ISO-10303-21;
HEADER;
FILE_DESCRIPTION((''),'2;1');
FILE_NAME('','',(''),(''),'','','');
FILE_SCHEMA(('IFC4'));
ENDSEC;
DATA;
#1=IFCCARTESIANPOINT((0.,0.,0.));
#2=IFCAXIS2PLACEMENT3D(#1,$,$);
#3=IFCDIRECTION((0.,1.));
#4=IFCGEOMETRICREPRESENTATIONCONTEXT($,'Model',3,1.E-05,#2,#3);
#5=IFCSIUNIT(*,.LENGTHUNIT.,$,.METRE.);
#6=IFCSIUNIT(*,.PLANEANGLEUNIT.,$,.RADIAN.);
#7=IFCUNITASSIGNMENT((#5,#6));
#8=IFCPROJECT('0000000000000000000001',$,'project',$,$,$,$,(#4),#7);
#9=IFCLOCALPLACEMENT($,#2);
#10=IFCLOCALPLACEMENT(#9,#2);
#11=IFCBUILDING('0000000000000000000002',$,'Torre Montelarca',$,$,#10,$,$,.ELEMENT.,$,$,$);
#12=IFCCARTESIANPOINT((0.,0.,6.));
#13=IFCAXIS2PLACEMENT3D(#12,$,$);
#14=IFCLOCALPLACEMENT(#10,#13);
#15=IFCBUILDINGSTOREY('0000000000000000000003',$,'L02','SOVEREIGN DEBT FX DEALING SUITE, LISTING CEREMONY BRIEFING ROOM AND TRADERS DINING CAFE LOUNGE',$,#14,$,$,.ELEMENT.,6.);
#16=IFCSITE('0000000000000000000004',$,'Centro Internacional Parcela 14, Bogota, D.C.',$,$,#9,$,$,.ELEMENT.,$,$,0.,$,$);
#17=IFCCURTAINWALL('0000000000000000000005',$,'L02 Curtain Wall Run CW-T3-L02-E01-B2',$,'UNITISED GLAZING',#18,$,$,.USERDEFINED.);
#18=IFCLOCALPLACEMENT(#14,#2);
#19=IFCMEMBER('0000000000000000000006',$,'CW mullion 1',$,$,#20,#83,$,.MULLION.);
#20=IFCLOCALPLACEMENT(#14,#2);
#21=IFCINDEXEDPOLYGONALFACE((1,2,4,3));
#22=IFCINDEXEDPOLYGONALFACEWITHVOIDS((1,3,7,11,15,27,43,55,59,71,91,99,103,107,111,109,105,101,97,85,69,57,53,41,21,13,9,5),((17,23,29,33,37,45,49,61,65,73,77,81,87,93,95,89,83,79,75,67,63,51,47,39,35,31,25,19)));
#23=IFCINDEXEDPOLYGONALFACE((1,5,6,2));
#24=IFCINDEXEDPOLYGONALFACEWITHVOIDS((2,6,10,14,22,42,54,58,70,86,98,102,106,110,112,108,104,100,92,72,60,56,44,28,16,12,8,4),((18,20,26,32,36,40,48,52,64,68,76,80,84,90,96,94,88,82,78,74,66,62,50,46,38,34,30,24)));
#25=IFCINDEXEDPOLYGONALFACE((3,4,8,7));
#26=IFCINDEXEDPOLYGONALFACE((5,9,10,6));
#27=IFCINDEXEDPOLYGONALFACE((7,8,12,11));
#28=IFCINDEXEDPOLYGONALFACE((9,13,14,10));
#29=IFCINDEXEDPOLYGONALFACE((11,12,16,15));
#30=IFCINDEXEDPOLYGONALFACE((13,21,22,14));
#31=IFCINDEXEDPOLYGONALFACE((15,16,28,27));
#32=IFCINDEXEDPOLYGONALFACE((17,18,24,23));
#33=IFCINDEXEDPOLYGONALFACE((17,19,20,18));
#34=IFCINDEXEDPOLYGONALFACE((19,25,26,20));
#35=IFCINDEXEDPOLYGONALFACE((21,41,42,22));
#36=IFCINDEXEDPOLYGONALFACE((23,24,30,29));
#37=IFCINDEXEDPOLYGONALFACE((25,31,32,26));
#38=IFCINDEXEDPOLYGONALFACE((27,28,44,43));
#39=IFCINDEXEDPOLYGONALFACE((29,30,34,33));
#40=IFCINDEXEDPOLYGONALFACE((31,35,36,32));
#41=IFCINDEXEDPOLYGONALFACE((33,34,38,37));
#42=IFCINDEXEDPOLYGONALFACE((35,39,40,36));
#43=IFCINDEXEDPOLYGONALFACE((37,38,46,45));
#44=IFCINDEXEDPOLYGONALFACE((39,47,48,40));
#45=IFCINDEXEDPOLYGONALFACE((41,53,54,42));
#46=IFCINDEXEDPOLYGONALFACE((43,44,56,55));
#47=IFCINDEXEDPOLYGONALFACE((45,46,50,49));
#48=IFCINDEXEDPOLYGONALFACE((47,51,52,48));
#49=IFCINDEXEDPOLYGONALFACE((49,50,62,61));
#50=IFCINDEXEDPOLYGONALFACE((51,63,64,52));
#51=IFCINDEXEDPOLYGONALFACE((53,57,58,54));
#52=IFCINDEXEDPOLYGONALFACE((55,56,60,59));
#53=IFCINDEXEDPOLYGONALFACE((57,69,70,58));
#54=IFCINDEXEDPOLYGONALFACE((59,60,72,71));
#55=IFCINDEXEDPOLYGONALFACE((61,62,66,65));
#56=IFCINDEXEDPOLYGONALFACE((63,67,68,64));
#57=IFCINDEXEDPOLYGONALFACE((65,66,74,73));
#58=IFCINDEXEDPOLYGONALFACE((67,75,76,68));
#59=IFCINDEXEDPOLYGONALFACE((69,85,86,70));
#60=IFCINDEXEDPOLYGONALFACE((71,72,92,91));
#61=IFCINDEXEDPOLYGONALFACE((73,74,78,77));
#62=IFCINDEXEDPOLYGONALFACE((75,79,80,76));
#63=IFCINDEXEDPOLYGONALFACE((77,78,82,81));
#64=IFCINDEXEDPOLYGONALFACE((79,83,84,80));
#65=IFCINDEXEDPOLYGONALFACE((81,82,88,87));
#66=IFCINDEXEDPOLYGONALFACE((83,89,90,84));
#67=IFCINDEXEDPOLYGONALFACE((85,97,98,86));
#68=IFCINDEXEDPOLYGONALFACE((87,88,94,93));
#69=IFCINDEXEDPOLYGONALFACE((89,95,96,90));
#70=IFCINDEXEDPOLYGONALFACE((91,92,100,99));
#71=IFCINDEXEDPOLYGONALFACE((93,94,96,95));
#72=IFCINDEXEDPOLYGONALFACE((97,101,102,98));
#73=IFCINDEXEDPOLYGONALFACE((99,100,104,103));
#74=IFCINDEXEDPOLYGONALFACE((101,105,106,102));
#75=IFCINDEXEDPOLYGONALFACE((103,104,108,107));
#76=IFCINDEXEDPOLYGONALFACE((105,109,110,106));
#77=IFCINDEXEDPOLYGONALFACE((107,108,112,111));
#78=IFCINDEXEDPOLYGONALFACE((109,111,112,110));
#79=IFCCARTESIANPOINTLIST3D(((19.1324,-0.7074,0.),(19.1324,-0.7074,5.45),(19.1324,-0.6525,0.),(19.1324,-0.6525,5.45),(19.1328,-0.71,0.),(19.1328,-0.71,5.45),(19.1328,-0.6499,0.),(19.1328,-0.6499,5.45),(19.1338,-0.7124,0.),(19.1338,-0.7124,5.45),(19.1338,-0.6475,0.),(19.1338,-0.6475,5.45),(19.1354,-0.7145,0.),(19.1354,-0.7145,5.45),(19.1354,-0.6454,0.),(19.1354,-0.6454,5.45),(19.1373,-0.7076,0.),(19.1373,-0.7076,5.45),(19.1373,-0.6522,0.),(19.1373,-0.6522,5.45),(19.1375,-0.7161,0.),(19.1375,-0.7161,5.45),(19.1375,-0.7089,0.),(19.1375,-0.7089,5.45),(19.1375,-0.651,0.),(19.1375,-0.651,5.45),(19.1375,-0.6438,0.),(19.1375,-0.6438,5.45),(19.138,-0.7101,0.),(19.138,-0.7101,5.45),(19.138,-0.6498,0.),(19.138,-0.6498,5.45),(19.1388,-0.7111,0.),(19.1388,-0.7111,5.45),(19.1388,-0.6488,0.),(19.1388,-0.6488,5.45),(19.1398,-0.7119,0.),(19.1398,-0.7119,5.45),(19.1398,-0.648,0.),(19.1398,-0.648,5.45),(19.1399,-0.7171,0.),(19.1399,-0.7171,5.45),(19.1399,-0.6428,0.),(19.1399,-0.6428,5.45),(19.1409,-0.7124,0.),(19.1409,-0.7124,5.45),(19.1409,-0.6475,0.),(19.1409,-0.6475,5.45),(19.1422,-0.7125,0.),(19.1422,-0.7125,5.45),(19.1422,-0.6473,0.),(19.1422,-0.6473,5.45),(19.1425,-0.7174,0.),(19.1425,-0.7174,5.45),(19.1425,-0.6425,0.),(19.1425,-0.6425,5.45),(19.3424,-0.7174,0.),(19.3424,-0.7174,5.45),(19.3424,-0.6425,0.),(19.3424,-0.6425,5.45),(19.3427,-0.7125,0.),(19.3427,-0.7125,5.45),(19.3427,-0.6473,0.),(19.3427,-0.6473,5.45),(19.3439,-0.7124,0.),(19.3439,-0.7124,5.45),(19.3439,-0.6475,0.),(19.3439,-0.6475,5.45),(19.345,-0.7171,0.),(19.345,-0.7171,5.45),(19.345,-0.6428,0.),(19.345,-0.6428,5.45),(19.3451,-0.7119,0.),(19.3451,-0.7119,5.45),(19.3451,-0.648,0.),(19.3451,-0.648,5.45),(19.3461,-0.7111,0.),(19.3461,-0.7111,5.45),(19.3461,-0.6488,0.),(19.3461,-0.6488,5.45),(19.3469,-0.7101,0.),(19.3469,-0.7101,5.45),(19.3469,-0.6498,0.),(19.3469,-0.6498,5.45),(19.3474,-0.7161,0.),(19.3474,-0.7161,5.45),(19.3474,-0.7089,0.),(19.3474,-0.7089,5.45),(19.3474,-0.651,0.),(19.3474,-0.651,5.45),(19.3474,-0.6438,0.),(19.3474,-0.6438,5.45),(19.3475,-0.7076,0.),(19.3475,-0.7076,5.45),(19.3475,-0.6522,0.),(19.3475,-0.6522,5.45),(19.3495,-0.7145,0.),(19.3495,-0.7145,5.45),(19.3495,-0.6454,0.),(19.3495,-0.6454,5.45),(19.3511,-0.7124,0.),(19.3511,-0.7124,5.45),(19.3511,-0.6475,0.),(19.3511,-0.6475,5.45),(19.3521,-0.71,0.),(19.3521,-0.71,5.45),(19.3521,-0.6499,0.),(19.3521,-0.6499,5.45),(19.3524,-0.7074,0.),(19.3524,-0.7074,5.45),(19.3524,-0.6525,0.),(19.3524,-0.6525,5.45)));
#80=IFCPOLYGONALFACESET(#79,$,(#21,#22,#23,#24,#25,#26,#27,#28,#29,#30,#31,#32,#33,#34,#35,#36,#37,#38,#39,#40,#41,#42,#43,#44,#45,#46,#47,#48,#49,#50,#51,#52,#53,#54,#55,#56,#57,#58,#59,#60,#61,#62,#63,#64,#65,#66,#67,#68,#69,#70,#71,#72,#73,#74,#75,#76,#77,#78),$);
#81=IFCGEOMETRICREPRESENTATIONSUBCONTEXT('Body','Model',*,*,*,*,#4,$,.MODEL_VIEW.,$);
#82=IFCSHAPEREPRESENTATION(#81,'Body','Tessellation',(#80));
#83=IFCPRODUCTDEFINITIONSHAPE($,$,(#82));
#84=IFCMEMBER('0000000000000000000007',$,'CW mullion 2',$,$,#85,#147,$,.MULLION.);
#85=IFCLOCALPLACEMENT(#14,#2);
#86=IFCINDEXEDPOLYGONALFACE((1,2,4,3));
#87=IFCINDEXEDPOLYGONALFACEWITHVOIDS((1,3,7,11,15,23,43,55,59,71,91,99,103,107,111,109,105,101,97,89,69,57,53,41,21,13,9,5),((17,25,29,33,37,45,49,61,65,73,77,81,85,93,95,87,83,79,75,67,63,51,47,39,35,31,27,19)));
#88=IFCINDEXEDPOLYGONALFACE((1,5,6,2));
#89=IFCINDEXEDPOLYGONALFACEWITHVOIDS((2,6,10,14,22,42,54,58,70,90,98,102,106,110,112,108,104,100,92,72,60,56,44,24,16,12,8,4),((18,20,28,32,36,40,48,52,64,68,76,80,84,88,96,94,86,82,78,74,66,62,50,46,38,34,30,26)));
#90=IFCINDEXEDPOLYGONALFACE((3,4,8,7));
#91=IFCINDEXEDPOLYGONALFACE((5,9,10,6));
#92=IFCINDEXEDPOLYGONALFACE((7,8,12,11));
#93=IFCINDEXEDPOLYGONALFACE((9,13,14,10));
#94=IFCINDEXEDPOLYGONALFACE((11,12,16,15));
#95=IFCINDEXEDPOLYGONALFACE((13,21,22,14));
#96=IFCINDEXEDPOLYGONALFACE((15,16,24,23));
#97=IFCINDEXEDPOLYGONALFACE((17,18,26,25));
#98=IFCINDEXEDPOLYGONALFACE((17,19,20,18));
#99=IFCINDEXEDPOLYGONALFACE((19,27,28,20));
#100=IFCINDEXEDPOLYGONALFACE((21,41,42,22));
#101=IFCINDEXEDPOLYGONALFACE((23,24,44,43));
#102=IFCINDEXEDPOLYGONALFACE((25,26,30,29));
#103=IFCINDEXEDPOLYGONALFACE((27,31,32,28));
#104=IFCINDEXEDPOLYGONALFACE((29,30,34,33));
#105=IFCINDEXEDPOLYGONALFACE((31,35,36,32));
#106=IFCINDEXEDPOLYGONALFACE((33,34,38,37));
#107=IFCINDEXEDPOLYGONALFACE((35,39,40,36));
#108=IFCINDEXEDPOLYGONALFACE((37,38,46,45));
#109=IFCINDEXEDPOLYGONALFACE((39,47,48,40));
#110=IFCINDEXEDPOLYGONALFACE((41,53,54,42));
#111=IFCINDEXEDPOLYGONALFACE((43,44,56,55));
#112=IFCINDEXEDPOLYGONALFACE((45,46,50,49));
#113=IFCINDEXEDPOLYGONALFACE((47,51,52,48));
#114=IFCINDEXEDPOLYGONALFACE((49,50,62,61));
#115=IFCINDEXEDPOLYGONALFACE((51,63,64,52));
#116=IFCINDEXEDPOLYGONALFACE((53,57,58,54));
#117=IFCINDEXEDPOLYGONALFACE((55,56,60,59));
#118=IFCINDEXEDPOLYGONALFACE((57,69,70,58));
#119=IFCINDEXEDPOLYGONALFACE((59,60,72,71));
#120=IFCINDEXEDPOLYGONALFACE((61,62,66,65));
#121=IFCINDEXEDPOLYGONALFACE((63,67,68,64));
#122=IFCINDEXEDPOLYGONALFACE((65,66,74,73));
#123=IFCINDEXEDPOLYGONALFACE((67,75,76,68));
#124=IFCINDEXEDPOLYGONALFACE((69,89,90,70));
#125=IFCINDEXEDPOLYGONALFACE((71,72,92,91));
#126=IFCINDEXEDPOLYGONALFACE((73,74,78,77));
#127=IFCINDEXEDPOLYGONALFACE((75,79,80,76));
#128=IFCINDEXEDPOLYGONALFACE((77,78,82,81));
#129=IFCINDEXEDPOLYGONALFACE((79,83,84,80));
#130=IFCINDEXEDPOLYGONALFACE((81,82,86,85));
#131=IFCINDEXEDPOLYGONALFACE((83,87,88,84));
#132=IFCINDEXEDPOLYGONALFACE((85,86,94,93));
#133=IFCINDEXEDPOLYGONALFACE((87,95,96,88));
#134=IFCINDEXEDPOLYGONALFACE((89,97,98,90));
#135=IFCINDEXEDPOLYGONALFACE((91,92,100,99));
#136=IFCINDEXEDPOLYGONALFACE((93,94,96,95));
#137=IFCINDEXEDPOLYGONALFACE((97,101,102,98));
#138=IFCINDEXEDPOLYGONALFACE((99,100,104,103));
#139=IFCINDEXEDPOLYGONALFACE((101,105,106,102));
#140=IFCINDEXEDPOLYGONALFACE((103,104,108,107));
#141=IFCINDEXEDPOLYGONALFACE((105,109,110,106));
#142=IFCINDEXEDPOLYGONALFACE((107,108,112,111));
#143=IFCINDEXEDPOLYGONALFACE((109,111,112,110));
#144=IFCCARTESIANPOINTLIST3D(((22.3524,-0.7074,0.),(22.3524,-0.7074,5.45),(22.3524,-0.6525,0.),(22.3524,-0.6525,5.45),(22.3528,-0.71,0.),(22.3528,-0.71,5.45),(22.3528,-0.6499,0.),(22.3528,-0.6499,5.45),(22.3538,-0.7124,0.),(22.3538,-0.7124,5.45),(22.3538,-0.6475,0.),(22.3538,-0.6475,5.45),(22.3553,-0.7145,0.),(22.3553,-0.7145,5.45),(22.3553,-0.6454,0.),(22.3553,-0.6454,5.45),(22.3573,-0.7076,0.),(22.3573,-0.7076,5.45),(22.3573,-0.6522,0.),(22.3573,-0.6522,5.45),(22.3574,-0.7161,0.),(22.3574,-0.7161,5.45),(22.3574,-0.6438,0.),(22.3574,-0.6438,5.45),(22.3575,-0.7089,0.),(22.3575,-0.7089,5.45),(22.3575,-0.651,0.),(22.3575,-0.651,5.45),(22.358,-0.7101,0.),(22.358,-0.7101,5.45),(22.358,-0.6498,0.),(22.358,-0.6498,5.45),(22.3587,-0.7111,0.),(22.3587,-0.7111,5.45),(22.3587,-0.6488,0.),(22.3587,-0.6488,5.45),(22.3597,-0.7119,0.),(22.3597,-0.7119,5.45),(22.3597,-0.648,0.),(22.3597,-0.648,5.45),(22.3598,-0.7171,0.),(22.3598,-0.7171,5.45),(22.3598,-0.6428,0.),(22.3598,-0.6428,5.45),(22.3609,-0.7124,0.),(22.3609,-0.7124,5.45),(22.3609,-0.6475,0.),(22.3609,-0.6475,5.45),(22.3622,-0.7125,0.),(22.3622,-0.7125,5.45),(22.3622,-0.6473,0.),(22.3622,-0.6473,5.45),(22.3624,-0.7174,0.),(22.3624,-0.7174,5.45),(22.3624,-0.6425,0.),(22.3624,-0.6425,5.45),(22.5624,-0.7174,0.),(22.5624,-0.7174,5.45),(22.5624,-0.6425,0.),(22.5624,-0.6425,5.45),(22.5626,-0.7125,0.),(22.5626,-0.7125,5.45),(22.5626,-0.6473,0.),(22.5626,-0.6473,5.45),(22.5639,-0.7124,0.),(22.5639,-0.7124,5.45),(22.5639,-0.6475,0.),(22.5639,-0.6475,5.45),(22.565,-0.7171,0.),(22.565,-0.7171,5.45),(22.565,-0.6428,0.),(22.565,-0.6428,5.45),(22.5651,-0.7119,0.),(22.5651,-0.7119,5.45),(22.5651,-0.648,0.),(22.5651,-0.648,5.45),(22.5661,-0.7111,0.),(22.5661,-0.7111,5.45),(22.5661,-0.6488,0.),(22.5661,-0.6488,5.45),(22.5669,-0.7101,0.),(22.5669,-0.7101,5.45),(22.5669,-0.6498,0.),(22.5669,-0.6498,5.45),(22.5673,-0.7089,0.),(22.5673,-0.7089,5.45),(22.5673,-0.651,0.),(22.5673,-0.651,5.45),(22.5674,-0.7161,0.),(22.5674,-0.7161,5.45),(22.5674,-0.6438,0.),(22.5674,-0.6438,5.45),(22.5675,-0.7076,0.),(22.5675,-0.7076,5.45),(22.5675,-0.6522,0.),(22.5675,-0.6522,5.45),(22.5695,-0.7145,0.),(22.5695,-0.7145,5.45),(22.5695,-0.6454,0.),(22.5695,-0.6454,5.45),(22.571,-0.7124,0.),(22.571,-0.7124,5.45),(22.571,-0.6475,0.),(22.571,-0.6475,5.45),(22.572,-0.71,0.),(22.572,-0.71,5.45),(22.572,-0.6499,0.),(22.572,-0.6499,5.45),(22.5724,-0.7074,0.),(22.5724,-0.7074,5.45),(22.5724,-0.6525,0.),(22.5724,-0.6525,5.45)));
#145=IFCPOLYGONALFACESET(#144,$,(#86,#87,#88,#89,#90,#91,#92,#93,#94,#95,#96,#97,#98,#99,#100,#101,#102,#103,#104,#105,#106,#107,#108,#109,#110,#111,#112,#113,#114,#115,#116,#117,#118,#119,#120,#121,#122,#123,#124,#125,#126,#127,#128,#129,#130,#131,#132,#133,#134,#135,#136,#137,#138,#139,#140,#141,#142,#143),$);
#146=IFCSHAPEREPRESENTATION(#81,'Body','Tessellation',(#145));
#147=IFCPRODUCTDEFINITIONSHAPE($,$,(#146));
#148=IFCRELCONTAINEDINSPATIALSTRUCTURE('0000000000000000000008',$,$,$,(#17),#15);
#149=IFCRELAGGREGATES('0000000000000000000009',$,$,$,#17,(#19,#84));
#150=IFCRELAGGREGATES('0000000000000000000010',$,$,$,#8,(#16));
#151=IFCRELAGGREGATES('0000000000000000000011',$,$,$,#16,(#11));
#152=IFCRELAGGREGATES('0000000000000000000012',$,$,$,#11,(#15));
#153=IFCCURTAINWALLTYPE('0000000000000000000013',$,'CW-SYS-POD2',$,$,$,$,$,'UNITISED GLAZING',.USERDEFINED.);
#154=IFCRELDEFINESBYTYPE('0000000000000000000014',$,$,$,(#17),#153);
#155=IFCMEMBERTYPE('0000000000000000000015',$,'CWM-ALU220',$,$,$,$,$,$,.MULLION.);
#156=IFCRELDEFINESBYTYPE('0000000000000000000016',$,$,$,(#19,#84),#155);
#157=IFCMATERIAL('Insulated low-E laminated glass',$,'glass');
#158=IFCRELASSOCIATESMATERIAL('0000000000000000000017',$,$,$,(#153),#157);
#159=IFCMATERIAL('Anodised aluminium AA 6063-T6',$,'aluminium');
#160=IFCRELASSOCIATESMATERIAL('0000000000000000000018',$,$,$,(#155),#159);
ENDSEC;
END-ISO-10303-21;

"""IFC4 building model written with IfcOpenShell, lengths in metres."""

from ifc_helpers import new_model, si_unit, direction, frame, origin, origin_2d, place, context, subcontext, project, spatial, hollow_rectangle, extrude, source, transform, mapped, material, material_profile, profile_set, type_object, element, aggregate, save


model = new_model("IFC4")

# Units and contexts
model_context = context("Model", 3, precision=1e-05, world=origin(), true_north=direction((0.0, 1.0)))
body_context = subcontext(model_context, "Body", "Model", "MODEL_VIEW")
ifc_project = project(units=[si_unit("LENGTHUNIT", "METRE"), si_unit("PLANEANGLEUNIT", "RADIAN")], contexts=[model_context])

# Site, building, storey
site_placement = place(None, origin())
site = spatial("IfcSite", under=ifc_project, at=site_placement, Name="Centro Internacional Parcela 14, Bogota, D.C.", CompositionType="ELEMENT", RefElevation=0.0)
building_placement = place(site_placement, origin())
building = spatial("IfcBuilding", under=site, at=building_placement, Name="Torre Montelarca", CompositionType="ELEMENT")
storey_placement = place(building_placement, frame((0.0, 0.0, 6.0)))
storey = spatial("IfcBuildingStorey", under=building, at=storey_placement, Name="L02", Description="SOVEREIGN DEBT FX DEALING SUITE, LISTING CEREMONY BRIEFING ROOM AND TRADERS DINING CAFE LOUNGE", CompositionType="ELEMENT", Elevation=6.0)

# Curtain wall, members
ifc_material_1 = material(Name="Insulated low-E laminated glass", Category="glass")
curtain_wall_type = type_object("IfcCurtainWallType", Name="CW-SYS-POD2", ElementType="UNITISED GLAZING", PredefinedType="USERDEFINED", material=ifc_material_1)
ifc_material_2 = material(Name="Anodised aluminium AA 6063-T6", Category="aluminium")
ifc_material_profile_1 = material_profile(ifc_material_2, hollow_rectangle(XDim=0.075, YDim=0.22, WallThickness=0.0049, InnerFilletRadius=0.0049, OuterFilletRadius=0.01, at=origin_2d()), Name="ALU75X220X5", Category="aluminium")
ifc_profile_set_1 = profile_set([ifc_material_profile_1], Name="Anodised aluminium AA 6063-T6")
member_type_1 = type_object("IfcMemberType", Name="CWM-ALU220", PredefinedType="MULLION", material=ifc_profile_set_1)
shared_shape_1 = source(origin(), body_context, "Body", "SweptSolid", [
    extrude(hollow_rectangle(XDim=0.075, YDim=0.22, WallThickness=0.0049, InnerFilletRadius=0.0049, OuterFilletRadius=0.01, at=origin_2d()), origin(), (0.0, 0.0, 1.0), 5.45),
])
curtain_wall_1_placement = place(storey_placement, origin())
curtain_wall_1 = element("IfcCurtainWall", 1, at=curtain_wall_1_placement, inside=storey, type_object=curtain_wall_type, Name="L02 Curtain Wall Run CW-T3-L02-E01-B2", ObjectType="UNITISED GLAZING", PredefinedType="USERDEFINED")
member_1_placement = place(storey_placement, frame((19.2424, -0.6799, 0.0), z_axis=(0.0, 0.0, 1.0), x_axis=(0.0, 1.0, 0.0)))
member_1 = element("IfcMember", 2, at=member_1_placement, type_object=member_type_1, Name="CW mullion 1", PredefinedType="MULLION", context=body_context, shape_type="MappedRepresentation", body=[
    mapped(shared_shape_1, transform((0.0, 0.0, 0.0), scale=1.0)),
])
member_2_placement = place(storey_placement, frame((22.4624, -0.6799, 0.0), z_axis=(0.0, 0.0, 1.0), x_axis=(0.0, 1.0, 0.0)))
member_2 = element("IfcMember", 3, at=member_2_placement, type_object=member_type_1, Name="CW mullion 2", PredefinedType="MULLION", context=body_context, shape_type="MappedRepresentation", body=[
    mapped(shared_shape_1, transform((0.0, 0.0, 0.0), scale=1.0)),
])

aggregate(curtain_wall_1, [member_1, member_2])

save(model, "model.ifc")
